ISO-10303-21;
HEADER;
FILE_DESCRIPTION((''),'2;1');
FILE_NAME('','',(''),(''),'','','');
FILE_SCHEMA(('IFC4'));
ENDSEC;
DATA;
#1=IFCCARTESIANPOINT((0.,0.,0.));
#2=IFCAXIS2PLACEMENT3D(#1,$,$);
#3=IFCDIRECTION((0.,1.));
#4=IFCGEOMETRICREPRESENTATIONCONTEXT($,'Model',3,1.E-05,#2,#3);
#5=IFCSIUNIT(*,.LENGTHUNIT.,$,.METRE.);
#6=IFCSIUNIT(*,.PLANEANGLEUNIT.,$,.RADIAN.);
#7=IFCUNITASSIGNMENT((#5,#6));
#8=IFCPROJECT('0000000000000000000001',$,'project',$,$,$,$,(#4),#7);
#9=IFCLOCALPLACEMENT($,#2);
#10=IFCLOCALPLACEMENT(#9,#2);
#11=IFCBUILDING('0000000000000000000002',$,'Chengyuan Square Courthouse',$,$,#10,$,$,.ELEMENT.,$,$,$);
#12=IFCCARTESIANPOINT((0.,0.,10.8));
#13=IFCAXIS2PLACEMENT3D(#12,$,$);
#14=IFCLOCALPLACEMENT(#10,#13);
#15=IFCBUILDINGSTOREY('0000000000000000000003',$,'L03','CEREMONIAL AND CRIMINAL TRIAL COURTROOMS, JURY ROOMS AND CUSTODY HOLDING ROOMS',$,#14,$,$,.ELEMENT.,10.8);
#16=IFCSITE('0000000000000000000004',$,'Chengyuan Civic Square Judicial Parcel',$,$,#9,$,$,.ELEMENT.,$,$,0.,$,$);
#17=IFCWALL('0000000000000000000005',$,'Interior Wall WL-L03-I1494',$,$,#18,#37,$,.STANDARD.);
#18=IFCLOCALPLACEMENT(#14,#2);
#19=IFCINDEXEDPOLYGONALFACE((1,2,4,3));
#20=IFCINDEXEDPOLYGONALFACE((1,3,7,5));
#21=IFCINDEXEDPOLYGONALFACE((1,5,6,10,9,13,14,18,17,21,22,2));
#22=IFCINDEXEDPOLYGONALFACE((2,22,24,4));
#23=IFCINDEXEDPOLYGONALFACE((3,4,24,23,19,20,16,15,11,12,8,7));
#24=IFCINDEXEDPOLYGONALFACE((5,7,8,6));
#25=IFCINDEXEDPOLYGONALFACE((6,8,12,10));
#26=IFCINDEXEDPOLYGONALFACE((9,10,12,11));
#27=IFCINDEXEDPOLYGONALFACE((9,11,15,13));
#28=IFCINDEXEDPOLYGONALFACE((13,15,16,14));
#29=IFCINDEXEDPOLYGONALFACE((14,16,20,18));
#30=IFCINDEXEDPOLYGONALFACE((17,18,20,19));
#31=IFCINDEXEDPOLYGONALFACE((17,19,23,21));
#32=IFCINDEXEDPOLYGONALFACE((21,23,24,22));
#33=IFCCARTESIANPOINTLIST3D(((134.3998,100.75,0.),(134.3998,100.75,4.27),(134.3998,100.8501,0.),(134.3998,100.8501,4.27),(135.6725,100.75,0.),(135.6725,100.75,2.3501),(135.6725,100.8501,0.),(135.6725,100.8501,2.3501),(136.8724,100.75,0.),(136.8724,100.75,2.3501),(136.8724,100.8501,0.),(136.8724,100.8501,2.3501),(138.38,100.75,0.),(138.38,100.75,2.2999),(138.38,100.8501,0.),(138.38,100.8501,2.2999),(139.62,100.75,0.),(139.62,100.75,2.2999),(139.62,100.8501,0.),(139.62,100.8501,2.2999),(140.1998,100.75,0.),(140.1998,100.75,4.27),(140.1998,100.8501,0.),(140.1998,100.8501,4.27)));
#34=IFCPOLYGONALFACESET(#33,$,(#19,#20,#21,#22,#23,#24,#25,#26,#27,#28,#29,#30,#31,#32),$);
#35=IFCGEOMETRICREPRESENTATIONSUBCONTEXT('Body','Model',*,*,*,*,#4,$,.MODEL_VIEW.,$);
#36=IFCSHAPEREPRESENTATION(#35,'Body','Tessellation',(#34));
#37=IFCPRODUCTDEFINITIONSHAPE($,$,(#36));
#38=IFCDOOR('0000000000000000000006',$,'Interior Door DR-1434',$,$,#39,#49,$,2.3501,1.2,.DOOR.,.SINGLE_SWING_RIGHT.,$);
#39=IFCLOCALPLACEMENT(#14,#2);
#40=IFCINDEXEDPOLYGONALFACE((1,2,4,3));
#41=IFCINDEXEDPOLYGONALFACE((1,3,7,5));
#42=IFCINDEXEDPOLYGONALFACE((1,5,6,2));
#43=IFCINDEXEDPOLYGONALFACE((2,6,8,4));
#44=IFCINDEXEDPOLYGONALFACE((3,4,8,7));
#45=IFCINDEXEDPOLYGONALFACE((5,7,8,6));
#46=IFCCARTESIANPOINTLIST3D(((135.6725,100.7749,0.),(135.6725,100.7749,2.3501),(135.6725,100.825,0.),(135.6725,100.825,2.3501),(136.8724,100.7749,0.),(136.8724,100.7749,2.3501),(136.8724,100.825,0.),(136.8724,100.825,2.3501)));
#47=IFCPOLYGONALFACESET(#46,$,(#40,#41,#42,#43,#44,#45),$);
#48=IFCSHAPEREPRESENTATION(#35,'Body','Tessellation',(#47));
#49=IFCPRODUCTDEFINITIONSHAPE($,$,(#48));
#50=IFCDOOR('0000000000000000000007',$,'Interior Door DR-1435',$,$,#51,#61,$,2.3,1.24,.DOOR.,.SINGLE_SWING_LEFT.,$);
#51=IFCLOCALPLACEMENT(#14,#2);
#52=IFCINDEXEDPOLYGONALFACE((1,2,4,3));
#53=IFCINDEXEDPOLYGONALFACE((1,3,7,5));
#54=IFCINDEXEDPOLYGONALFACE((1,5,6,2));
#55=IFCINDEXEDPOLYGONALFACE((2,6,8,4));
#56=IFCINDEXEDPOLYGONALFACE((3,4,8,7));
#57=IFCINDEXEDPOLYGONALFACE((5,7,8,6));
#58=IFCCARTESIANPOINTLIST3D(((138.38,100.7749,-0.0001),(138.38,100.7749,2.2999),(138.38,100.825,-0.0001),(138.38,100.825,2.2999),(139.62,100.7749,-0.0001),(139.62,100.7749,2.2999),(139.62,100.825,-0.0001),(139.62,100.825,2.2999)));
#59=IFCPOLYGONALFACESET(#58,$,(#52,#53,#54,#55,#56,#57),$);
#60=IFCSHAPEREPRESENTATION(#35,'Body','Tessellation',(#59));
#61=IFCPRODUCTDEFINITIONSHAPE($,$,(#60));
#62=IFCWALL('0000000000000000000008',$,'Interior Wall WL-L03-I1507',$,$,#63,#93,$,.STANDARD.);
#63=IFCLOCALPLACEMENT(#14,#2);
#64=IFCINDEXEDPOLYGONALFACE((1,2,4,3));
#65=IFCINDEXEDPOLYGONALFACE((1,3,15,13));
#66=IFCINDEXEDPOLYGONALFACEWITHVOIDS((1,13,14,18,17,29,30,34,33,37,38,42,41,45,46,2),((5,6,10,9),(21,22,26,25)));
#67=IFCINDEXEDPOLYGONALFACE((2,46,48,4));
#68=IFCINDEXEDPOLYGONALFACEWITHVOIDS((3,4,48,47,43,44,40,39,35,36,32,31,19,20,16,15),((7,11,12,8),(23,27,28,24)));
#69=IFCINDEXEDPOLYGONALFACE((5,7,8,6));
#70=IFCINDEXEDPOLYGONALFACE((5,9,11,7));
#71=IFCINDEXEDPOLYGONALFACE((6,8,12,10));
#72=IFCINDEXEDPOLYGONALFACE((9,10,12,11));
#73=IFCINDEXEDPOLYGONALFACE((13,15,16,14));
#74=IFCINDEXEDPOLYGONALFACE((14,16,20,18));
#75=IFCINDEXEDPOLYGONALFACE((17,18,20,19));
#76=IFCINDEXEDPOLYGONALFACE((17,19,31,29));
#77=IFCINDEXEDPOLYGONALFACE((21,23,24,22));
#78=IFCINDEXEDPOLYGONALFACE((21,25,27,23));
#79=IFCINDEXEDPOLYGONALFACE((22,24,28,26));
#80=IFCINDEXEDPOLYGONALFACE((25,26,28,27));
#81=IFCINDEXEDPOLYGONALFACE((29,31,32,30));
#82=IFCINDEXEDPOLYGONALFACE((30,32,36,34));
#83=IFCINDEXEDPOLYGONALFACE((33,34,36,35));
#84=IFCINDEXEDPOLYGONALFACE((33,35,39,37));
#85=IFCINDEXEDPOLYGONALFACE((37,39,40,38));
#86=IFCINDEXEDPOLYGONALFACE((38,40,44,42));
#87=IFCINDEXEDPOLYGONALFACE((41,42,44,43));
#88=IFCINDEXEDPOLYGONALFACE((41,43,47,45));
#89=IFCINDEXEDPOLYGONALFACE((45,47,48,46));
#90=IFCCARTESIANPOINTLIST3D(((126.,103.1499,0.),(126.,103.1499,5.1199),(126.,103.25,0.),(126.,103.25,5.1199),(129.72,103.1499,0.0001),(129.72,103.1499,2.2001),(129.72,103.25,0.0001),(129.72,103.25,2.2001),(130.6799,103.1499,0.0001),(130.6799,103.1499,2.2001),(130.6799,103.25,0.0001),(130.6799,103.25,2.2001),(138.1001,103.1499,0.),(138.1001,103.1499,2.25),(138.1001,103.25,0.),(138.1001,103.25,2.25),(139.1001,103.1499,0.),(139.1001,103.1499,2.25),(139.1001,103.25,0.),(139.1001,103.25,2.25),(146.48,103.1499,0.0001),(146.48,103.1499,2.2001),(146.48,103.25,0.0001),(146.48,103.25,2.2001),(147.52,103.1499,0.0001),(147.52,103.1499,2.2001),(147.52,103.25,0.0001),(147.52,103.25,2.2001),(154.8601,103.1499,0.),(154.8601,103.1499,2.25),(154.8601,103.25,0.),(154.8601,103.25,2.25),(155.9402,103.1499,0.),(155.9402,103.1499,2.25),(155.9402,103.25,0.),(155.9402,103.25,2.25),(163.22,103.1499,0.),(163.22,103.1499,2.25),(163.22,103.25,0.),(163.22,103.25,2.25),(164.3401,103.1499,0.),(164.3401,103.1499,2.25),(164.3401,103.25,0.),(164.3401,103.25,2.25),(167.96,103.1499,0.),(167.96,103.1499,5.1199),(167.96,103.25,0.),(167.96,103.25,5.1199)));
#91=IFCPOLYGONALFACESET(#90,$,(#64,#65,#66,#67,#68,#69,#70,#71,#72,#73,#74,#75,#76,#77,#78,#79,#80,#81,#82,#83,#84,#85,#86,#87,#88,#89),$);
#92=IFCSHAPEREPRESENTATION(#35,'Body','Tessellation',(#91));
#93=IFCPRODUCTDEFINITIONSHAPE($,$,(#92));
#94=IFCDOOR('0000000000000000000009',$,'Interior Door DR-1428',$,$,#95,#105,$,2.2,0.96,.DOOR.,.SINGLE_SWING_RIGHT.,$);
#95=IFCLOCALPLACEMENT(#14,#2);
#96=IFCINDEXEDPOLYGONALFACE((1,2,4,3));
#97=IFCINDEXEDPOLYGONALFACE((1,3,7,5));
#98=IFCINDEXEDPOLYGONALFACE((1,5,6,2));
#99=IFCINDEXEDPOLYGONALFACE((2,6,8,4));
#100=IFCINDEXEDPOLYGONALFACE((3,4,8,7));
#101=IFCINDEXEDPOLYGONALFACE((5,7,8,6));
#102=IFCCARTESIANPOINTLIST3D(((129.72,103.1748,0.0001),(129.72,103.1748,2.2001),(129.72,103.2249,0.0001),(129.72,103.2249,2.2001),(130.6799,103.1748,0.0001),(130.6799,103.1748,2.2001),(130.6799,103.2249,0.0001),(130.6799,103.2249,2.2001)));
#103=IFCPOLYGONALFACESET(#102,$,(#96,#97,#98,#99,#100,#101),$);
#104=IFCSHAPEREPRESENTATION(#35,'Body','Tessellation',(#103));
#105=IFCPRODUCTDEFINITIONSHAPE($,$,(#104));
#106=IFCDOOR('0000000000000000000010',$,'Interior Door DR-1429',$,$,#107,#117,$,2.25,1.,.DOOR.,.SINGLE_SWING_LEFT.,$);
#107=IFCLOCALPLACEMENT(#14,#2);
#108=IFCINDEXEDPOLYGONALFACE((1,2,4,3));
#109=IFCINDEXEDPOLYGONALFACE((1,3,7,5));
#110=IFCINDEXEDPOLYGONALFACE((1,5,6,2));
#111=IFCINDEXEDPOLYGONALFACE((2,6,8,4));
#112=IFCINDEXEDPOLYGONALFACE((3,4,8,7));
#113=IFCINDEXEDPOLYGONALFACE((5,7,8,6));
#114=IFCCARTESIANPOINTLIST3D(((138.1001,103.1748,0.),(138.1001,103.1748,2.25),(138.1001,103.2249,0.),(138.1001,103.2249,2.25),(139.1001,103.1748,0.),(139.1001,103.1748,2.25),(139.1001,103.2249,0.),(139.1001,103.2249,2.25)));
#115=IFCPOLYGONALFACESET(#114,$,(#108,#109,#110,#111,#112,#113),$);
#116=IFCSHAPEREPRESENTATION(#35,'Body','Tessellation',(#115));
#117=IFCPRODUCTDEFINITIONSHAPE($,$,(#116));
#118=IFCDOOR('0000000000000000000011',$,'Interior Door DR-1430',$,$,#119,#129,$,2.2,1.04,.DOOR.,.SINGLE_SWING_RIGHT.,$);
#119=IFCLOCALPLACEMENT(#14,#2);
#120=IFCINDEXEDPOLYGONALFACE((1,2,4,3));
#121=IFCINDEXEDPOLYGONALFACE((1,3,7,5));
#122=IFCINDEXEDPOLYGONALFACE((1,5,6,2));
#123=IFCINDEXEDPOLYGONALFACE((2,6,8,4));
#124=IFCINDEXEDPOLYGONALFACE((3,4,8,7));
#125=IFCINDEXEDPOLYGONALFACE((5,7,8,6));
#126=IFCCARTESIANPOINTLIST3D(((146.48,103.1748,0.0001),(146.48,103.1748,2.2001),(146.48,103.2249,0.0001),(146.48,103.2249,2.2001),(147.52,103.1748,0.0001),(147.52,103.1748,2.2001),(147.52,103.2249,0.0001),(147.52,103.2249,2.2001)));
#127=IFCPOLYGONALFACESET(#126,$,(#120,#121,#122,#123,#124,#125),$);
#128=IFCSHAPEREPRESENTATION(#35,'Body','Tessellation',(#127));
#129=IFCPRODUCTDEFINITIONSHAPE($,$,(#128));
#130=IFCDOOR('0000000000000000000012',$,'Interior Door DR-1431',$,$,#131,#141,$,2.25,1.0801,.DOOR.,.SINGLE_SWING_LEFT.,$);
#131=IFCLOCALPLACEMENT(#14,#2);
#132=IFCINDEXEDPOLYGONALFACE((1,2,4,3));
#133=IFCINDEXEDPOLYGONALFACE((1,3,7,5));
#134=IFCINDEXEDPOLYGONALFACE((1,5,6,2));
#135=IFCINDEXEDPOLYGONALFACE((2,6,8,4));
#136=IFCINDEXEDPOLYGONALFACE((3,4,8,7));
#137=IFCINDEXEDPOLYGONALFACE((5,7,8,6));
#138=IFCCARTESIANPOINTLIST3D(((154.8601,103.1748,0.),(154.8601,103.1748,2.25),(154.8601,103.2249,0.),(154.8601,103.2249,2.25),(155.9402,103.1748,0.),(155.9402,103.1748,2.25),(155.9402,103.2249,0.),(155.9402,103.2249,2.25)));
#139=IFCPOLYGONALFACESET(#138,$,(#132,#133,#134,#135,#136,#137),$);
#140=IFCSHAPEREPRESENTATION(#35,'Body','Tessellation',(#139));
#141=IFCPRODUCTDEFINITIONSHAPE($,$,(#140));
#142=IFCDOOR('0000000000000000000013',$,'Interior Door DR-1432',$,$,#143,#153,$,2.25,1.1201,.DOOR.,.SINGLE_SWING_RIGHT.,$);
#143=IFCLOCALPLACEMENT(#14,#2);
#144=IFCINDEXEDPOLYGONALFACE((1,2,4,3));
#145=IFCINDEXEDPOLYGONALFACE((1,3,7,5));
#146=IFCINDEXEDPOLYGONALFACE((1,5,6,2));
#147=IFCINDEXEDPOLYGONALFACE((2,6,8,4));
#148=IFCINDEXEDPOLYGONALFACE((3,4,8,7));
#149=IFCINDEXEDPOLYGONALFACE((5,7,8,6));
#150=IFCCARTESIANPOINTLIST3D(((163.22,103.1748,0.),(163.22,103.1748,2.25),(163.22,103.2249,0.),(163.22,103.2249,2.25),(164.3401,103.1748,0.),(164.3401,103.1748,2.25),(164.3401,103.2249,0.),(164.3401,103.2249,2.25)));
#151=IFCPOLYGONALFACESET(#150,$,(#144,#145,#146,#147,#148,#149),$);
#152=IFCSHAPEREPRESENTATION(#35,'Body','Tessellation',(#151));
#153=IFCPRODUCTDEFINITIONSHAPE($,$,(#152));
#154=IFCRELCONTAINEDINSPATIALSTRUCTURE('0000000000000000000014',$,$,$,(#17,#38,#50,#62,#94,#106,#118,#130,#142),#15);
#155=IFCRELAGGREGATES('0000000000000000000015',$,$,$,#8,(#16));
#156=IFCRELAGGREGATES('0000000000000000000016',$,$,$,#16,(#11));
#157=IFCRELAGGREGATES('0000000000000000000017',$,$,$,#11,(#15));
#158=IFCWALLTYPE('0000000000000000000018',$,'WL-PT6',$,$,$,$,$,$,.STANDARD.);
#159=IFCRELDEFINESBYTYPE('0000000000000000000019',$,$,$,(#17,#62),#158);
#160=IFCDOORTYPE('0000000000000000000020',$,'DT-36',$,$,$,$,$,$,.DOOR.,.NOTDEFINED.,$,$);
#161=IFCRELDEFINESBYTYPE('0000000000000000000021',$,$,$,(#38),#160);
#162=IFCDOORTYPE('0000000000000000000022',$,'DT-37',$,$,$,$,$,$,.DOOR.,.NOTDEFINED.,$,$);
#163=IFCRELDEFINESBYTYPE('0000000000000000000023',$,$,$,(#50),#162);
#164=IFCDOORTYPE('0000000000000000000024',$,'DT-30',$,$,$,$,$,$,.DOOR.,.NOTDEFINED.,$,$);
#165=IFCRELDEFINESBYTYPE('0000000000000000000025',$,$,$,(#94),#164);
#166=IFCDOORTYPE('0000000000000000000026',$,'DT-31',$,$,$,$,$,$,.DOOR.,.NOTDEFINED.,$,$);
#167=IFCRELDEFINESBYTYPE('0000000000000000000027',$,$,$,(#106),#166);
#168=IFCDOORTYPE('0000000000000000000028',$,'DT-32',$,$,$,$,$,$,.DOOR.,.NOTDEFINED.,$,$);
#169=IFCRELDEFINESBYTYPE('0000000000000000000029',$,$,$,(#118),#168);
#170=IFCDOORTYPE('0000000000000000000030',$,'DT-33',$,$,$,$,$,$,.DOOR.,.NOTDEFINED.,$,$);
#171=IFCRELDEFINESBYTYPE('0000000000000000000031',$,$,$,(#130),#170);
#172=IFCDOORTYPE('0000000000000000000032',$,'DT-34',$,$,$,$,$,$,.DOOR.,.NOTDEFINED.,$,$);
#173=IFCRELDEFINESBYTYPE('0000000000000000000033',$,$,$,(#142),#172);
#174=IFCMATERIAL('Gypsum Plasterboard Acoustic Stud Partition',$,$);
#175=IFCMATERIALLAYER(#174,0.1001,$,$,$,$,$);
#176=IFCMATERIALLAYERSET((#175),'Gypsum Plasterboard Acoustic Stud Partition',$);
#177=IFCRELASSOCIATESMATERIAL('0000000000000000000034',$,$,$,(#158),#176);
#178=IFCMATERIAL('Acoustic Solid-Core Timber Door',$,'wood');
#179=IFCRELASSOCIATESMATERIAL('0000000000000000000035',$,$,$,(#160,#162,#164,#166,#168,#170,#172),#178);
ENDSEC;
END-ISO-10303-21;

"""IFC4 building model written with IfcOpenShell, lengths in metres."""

from ifc_helpers import new_model, si_unit, direction, frame, frame_2d, origin, place, context, subcontext, project, spatial, rectangle, extrude, material, layer, layer_set, type_object, element, fill, save


model = new_model("IFC4")

# Units and contexts
model_context = context("Model", 3, precision=1e-05, world=origin(), true_north=direction((0.0, 1.0)))
body_context = subcontext(model_context, "Body", "Model", "MODEL_VIEW")
ifc_project = project(units=[si_unit("LENGTHUNIT", "METRE"), si_unit("PLANEANGLEUNIT", "RADIAN")], contexts=[model_context])

# Site, building, storey
site_placement = place(None, origin())
site = spatial("IfcSite", under=ifc_project, at=site_placement, Name="Chengyuan Civic Square Judicial Parcel", CompositionType="ELEMENT", RefElevation=0.0)
building_placement = place(site_placement, origin())
building = spatial("IfcBuilding", under=site, at=building_placement, Name="Chengyuan Square Courthouse", CompositionType="ELEMENT")
storey_placement = place(building_placement, frame((0.0, 0.0, 10.8)))
storey = spatial("IfcBuildingStorey", under=building, at=storey_placement, Name="L03", Description="CEREMONIAL AND CRIMINAL TRIAL COURTROOMS, JURY ROOMS AND CUSTODY HOLDING ROOMS", CompositionType="ELEMENT", Elevation=10.8)

# Walls, openings, doors
ifc_material_1 = material(Name="Gypsum Plasterboard Acoustic Stud Partition")
ifc_layer_1 = layer(ifc_material_1, 0.1001)
ifc_layer_set_1 = layer_set([ifc_layer_1], Name="Gypsum Plasterboard Acoustic Stud Partition")
wall_type_1 = type_object("IfcWallType", Name="WL-PT6", PredefinedType="STANDARD", material=ifc_layer_set_1)
wall_1_placement = place(storey_placement, frame((134.3999, 100.8, 0.0), z_axis=(0.0, 0.0, 1.0), x_axis=(1.0, 0.0, 0.0)))
wall_1 = element("IfcWall", 1, at=wall_1_placement, inside=storey, type_object=wall_type_1, Name="Interior Wall WL-L03-I1494", PredefinedType="STANDARD", context=body_context, shape_type="SweptSolid", body=[
    extrude(rectangle(XDim=5.8, YDim=0.1001, at=frame_2d((2.8999, 0.0))), origin(), (0.0, 0.0, 1.0), 4.27),
])
opening_1_placement = place(wall_1_placement, frame((1.2725, 0.0, 0.0)))
opening_1 = element("IfcOpeningElement", 2, at=opening_1_placement, cuts=wall_1, PredefinedType="OPENING", context=body_context, shape_type="SweptSolid", body=[
    extrude(rectangle(XDim=1.2, YDim=2.3501, at=frame_2d((0.6001, 1.175))), frame((0.0, 0.062, 0.0), z_axis=(0.0, -1.0, 0.0), x_axis=(1.0, 0.0, 0.0)), (0.0, 0.0, 1.0), 0.124),
])
opening_2_placement = place(wall_1_placement, frame((3.98, 0.0, 0.0)))
opening_2 = element("IfcOpeningElement", 3, at=opening_2_placement, cuts=wall_1, PredefinedType="OPENING", context=body_context, shape_type="SweptSolid", body=[
    extrude(rectangle(XDim=1.24, YDim=2.3, at=frame_2d((0.6201, 1.1499))), frame((0.0, 0.062, 0.0), z_axis=(0.0, -1.0, 0.0), x_axis=(1.0, 0.0, 0.0)), (0.0, 0.0, 1.0), 0.124),
])
ifc_material_2 = material(Name="Acoustic Solid-Core Timber Door", Category="wood")
door_type_1 = type_object("IfcDoorType", Name="DT-36", OperationType="NOTDEFINED", PredefinedType="DOOR", material=ifc_material_2)
door_1_placement = place(opening_1_placement, origin())
door_1 = element("IfcDoor", 4, at=door_1_placement, inside=storey, type_object=door_type_1, Name="Interior Door DR-1434", OperationType="SINGLE_SWING_RIGHT", OverallHeight=2.3501, OverallWidth=1.2, PredefinedType="DOOR", context=body_context, shape_type="SweptSolid", body=[
    extrude(rectangle(XDim=1.2, YDim=2.3501, at=frame_2d((0.6001, 1.175))), frame((0.0, 0.0249, 0.0), z_axis=(0.0, -1.0, 0.0), x_axis=(1.0, 0.0, 0.0)), (0.0, 0.0, 1.0), 0.05),
])
fill(opening_1, door_1)
door_type_2 = type_object("IfcDoorType", Name="DT-37", OperationType="NOTDEFINED", PredefinedType="DOOR", material=ifc_material_2)
door_2_placement = place(opening_2_placement, origin())
door_2 = element("IfcDoor", 5, at=door_2_placement, inside=storey, type_object=door_type_2, Name="Interior Door DR-1435", OperationType="SINGLE_SWING_LEFT", OverallHeight=2.3, OverallWidth=1.24, PredefinedType="DOOR", context=body_context, shape_type="SweptSolid", body=[
    extrude(rectangle(XDim=1.24, YDim=2.3, at=frame_2d((0.6201, 1.1499))), frame((0.0, 0.0249, 0.0), z_axis=(0.0, -1.0, 0.0), x_axis=(1.0, 0.0, 0.0)), (0.0, 0.0, 1.0), 0.05),
])
fill(opening_2, door_2)
wall_2_placement = place(storey_placement, frame((126.0, 103.2, 0.0), z_axis=(0.0, 0.0, 1.0), x_axis=(1.0, 0.0, 0.0)))
wall_2 = element("IfcWall", 6, at=wall_2_placement, inside=storey, type_object=wall_type_1, Name="Interior Wall WL-L03-I1507", PredefinedType="STANDARD", context=body_context, shape_type="SweptSolid", body=[
    extrude(rectangle(XDim=41.96, YDim=0.1001, at=frame_2d((20.98, 0.0))), origin(), (0.0, 0.0, 1.0), 5.1199),
])
opening_3_placement = place(wall_2_placement, frame((3.72, 0.0, 0.0)))
opening_3 = element("IfcOpeningElement", 7, at=opening_3_placement, cuts=wall_2, PredefinedType="OPENING", context=body_context, shape_type="SweptSolid", body=[
    extrude(rectangle(XDim=0.96, YDim=2.2, at=frame_2d((0.48, 1.1001))), frame((0.0, 0.062, 0.0), z_axis=(0.0, -1.0, 0.0), x_axis=(1.0, 0.0, 0.0)), (0.0, 0.0, 1.0), 0.124),
])
opening_4_placement = place(wall_2_placement, frame((12.1001, 0.0, 0.0)))
opening_4 = element("IfcOpeningElement", 8, at=opening_4_placement, cuts=wall_2, PredefinedType="OPENING", context=body_context, shape_type="SweptSolid", body=[
    extrude(rectangle(XDim=1.0, YDim=2.25, at=frame_2d((0.5, 1.125))), frame((0.0, 0.062, 0.0), z_axis=(0.0, -1.0, 0.0), x_axis=(1.0, 0.0, 0.0)), (0.0, 0.0, 1.0), 0.124),
])
opening_5_placement = place(wall_2_placement, frame((20.48, 0.0, 0.0)))
opening_5 = element("IfcOpeningElement", 9, at=opening_5_placement, cuts=wall_2, PredefinedType="OPENING", context=body_context, shape_type="SweptSolid", body=[
    extrude(rectangle(XDim=1.04, YDim=2.2, at=frame_2d((0.52, 1.1001))), frame((0.0, 0.062, 0.0), z_axis=(0.0, -1.0, 0.0), x_axis=(1.0, 0.0, 0.0)), (0.0, 0.0, 1.0), 0.124),
])
opening_6_placement = place(wall_2_placement, frame((28.8601, 0.0, 0.0)))
opening_6 = element("IfcOpeningElement", 10, at=opening_6_placement, cuts=wall_2, PredefinedType="OPENING", context=body_context, shape_type="SweptSolid", body=[
    extrude(rectangle(XDim=1.0801, YDim=2.25, at=frame_2d((0.54, 1.125))), frame((0.0, 0.062, 0.0), z_axis=(0.0, -1.0, 0.0), x_axis=(1.0, 0.0, 0.0)), (0.0, 0.0, 1.0), 0.124),
])
opening_7_placement = place(wall_2_placement, frame((37.22, 0.0, 0.0)))
opening_7 = element("IfcOpeningElement", 11, at=opening_7_placement, cuts=wall_2, PredefinedType="OPENING", context=body_context, shape_type="SweptSolid", body=[
    extrude(rectangle(XDim=1.1201, YDim=2.25, at=frame_2d((0.5601, 1.125))), frame((0.0, 0.062, 0.0), z_axis=(0.0, -1.0, 0.0), x_axis=(1.0, 0.0, 0.0)), (0.0, 0.0, 1.0), 0.124),
])
door_type_3 = type_object("IfcDoorType", Name="DT-30", OperationType="NOTDEFINED", PredefinedType="DOOR", material=ifc_material_2)
door_3_placement = place(opening_3_placement, origin())
door_3 = element("IfcDoor", 12, at=door_3_placement, inside=storey, type_object=door_type_3, Name="Interior Door DR-1428", OperationType="SINGLE_SWING_RIGHT", OverallHeight=2.2, OverallWidth=0.96, PredefinedType="DOOR", context=body_context, shape_type="SweptSolid", body=[
    extrude(rectangle(XDim=0.96, YDim=2.2, at=frame_2d((0.48, 1.1001))), frame((0.0, 0.0249, 0.0), z_axis=(0.0, -1.0, 0.0), x_axis=(1.0, 0.0, 0.0)), (0.0, 0.0, 1.0), 0.05),
])
fill(opening_3, door_3)
door_type_4 = type_object("IfcDoorType", Name="DT-31", OperationType="NOTDEFINED", PredefinedType="DOOR", material=ifc_material_2)
door_4_placement = place(opening_4_placement, origin())
door_4 = element("IfcDoor", 13, at=door_4_placement, inside=storey, type_object=door_type_4, Name="Interior Door DR-1429", OperationType="SINGLE_SWING_LEFT", OverallHeight=2.25, OverallWidth=1.0, PredefinedType="DOOR", context=body_context, shape_type="SweptSolid", body=[
    extrude(rectangle(XDim=1.0, YDim=2.25, at=frame_2d((0.5, 1.125))), frame((0.0, 0.0249, 0.0), z_axis=(0.0, -1.0, 0.0), x_axis=(1.0, 0.0, 0.0)), (0.0, 0.0, 1.0), 0.05),
])
fill(opening_4, door_4)
door_type_5 = type_object("IfcDoorType", Name="DT-32", OperationType="NOTDEFINED", PredefinedType="DOOR", material=ifc_material_2)
door_5_placement = place(opening_5_placement, origin())
door_5 = element("IfcDoor", 14, at=door_5_placement, inside=storey, type_object=door_type_5, Name="Interior Door DR-1430", OperationType="SINGLE_SWING_RIGHT", OverallHeight=2.2, OverallWidth=1.04, PredefinedType="DOOR", context=body_context, shape_type="SweptSolid", body=[
    extrude(rectangle(XDim=1.04, YDim=2.2, at=frame_2d((0.52, 1.1001))), frame((0.0, 0.0249, 0.0), z_axis=(0.0, -1.0, 0.0), x_axis=(1.0, 0.0, 0.0)), (0.0, 0.0, 1.0), 0.05),
])
fill(opening_5, door_5)
door_type_6 = type_object("IfcDoorType", Name="DT-33", OperationType="NOTDEFINED", PredefinedType="DOOR", material=ifc_material_2)
door_6_placement = place(opening_6_placement, origin())
door_6 = element("IfcDoor", 15, at=door_6_placement, inside=storey, type_object=door_type_6, Name="Interior Door DR-1431", OperationType="SINGLE_SWING_LEFT", OverallHeight=2.25, OverallWidth=1.0801, PredefinedType="DOOR", context=body_context, shape_type="SweptSolid", body=[
    extrude(rectangle(XDim=1.0801, YDim=2.25, at=frame_2d((0.54, 1.125))), frame((0.0, 0.0249, 0.0), z_axis=(0.0, -1.0, 0.0), x_axis=(1.0, 0.0, 0.0)), (0.0, 0.0, 1.0), 0.05),
])
fill(opening_6, door_6)
door_type_7 = type_object("IfcDoorType", Name="DT-34", OperationType="NOTDEFINED", PredefinedType="DOOR", material=ifc_material_2)
door_7_placement = place(opening_7_placement, origin())
door_7 = element("IfcDoor", 16, at=door_7_placement, inside=storey, type_object=door_type_7, Name="Interior Door DR-1432", OperationType="SINGLE_SWING_RIGHT", OverallHeight=2.25, OverallWidth=1.1201, PredefinedType="DOOR", context=body_context, shape_type="SweptSolid", body=[
    extrude(rectangle(XDim=1.1201, YDim=2.25, at=frame_2d((0.5601, 1.125))), frame((0.0, 0.0249, 0.0), z_axis=(0.0, -1.0, 0.0), x_axis=(1.0, 0.0, 0.0)), (0.0, 0.0, 1.0), 0.05),
])
fill(opening_7, door_7)

save(model, "model.ifc")
